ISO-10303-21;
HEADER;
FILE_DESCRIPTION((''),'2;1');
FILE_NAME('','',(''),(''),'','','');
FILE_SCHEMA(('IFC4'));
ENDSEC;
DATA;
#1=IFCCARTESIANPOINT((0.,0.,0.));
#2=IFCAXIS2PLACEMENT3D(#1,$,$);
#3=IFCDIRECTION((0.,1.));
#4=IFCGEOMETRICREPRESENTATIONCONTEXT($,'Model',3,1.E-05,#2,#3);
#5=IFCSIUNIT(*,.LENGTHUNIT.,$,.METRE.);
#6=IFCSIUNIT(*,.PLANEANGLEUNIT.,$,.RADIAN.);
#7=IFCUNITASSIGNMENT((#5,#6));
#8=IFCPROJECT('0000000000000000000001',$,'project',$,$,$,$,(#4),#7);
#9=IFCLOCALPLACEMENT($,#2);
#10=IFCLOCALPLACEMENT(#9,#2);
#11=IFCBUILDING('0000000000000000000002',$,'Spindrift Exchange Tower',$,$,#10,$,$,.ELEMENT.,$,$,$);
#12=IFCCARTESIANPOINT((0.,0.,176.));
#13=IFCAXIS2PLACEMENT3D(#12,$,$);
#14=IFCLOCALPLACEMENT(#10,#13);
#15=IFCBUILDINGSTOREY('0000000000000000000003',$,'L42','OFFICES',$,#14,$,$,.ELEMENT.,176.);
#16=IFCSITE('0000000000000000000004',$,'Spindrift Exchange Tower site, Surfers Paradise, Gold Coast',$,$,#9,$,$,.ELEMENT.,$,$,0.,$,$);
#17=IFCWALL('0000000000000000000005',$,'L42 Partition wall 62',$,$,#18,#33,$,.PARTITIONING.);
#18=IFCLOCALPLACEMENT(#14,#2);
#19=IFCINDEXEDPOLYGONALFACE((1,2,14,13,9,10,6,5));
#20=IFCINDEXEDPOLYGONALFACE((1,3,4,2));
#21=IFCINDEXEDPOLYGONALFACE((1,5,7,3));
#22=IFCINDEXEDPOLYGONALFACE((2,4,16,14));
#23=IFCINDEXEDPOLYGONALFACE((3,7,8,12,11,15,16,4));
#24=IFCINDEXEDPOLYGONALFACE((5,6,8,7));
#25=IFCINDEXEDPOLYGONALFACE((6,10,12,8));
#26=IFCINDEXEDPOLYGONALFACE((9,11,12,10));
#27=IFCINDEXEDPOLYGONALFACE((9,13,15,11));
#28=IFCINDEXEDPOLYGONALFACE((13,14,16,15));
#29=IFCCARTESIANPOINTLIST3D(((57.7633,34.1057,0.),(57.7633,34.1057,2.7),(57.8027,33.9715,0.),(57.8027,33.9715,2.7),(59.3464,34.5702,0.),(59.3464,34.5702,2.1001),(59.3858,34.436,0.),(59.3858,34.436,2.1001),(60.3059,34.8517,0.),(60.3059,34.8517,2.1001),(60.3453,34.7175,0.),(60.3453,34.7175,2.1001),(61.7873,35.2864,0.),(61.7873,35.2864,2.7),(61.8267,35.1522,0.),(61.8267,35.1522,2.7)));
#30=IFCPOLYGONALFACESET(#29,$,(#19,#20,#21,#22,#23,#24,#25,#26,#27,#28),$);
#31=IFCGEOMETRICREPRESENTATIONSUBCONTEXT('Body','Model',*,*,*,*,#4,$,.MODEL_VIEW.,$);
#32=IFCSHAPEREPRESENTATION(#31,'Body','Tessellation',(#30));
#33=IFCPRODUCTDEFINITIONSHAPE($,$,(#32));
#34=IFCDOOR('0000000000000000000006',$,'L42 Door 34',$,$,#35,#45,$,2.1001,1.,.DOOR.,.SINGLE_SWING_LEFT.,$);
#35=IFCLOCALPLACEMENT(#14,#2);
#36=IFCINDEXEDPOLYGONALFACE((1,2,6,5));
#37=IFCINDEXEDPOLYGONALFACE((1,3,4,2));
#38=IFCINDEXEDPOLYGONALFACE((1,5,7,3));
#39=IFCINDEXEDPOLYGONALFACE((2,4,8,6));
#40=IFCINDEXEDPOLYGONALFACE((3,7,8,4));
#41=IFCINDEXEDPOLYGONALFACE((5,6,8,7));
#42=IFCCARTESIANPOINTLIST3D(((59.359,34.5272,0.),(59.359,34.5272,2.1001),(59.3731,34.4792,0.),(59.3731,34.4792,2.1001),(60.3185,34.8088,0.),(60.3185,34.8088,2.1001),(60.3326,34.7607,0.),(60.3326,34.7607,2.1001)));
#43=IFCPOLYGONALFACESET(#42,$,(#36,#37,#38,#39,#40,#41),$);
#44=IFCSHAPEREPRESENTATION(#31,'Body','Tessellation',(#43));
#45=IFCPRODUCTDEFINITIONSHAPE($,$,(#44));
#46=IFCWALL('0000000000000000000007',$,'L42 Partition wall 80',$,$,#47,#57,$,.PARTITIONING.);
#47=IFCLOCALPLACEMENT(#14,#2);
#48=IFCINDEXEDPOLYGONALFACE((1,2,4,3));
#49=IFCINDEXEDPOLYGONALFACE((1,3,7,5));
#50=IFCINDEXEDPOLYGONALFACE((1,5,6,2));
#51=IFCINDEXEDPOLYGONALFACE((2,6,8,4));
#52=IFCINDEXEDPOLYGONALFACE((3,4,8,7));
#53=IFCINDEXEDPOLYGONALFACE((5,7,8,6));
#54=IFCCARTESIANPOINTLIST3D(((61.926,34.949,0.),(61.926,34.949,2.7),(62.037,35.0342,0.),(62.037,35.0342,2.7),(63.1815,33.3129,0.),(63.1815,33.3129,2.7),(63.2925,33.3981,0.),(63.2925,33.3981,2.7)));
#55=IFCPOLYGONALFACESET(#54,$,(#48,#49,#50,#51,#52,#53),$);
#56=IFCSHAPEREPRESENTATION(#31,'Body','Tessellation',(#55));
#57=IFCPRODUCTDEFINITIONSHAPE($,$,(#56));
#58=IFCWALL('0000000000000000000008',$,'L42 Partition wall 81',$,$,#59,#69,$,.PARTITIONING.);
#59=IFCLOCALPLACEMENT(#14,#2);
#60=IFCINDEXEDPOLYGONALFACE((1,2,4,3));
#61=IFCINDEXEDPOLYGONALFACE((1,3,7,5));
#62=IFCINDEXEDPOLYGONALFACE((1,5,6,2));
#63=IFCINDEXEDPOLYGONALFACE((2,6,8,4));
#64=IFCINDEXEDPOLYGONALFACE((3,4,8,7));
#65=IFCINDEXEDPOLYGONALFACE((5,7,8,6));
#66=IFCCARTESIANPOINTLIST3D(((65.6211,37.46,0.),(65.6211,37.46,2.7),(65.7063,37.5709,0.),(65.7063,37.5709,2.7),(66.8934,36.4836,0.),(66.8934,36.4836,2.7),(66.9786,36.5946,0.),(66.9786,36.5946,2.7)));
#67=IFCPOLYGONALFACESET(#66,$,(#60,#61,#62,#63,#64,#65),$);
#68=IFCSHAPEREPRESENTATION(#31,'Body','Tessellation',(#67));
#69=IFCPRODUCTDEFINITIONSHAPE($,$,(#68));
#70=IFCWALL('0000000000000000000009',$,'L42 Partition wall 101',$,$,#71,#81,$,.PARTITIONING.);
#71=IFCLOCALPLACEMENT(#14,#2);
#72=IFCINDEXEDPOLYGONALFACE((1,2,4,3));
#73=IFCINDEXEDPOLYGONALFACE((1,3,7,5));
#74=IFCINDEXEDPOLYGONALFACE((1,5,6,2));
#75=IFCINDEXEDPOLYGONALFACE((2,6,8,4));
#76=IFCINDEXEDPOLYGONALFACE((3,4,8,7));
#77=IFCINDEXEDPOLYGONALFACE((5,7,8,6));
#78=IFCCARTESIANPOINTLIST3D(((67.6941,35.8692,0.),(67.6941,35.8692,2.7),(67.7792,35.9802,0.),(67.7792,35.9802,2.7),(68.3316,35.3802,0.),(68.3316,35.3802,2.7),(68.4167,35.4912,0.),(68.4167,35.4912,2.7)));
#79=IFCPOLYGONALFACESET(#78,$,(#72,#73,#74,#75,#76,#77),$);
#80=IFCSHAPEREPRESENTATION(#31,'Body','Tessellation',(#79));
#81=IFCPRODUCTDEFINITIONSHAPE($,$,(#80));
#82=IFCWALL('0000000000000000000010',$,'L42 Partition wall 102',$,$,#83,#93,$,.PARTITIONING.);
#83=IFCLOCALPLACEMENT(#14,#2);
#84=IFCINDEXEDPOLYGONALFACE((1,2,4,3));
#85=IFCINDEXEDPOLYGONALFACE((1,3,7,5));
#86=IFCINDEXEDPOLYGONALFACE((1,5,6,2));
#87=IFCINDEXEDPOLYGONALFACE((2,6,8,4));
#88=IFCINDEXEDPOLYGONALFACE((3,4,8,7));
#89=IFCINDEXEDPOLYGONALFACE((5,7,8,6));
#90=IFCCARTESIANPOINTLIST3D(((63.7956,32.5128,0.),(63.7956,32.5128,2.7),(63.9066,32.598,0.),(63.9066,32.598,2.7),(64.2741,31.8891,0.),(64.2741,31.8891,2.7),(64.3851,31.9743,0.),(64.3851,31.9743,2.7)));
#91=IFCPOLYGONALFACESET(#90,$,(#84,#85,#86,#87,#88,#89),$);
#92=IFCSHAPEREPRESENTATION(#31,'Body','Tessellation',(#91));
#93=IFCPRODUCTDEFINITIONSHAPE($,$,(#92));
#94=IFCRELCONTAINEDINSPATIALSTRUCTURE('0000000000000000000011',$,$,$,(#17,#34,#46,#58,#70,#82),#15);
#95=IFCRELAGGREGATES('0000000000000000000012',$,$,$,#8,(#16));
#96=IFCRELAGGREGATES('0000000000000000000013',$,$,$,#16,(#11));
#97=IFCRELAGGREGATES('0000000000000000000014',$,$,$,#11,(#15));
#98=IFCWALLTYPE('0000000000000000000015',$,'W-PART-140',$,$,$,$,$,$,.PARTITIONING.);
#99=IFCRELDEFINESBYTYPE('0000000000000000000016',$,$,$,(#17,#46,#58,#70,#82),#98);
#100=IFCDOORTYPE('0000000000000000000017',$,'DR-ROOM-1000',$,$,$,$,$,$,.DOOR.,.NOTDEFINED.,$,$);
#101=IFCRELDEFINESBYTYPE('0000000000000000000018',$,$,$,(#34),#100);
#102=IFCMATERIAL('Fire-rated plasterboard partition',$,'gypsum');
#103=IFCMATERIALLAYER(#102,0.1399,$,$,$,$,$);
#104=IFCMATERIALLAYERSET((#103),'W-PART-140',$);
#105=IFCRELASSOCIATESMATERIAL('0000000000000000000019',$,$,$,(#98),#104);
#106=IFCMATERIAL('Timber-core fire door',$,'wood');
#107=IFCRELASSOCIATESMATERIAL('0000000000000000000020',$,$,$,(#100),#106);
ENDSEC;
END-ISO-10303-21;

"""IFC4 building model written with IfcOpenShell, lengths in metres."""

from ifc_helpers import new_model, si_unit, direction, frame, frame_2d, origin, place, context, subcontext, project, spatial, rectangle, extrude, source, transform, mapped, material, layer, layer_set, type_object, element, fill, save


model = new_model("IFC4")

# Units and contexts
model_context = context("Model", 3, precision=1e-05, world=origin(), true_north=direction((0.0, 1.0)))
body_context = subcontext(model_context, "Body", "Model", "MODEL_VIEW")
ifc_project = project(units=[si_unit("LENGTHUNIT", "METRE"), si_unit("PLANEANGLEUNIT", "RADIAN")], contexts=[model_context])

# Site, building, storey
site_placement = place(None, origin())
site = spatial("IfcSite", under=ifc_project, at=site_placement, Name="Spindrift Exchange Tower site, Surfers Paradise, Gold Coast", CompositionType="ELEMENT", RefElevation=0.0)
building_placement = place(site_placement, origin())
building = spatial("IfcBuilding", under=site, at=building_placement, Name="Spindrift Exchange Tower", CompositionType="ELEMENT")
storey_placement = place(building_placement, frame((0.0, 0.0, 176.0)))
storey = spatial("IfcBuildingStorey", under=building, at=storey_placement, Name="L42", Description="OFFICES", CompositionType="ELEMENT", Elevation=176.0)

# Wall, opening, door
ifc_material_1 = material(Name="Fire-rated plasterboard partition", Category="gypsum")
ifc_layer_1 = layer(ifc_material_1, 0.1399)
ifc_layer_set_1 = layer_set([ifc_layer_1], Name="W-PART-140")
wall_type = type_object("IfcWallType", Name="W-PART-140", PredefinedType="PARTITIONING", material=ifc_layer_set_1)
ifc_material_2 = material(Name="Timber-core fire door", Category="wood")
door_type = type_object("IfcDoorType", Name="DR-ROOM-1000", OperationType="NOTDEFINED", PredefinedType="DOOR", material=ifc_material_2)
shared_shape_1 = source(origin(), body_context, "Body", "SweptSolid", [
    extrude(rectangle(XDim=1.0, YDim=2.1001, at=frame_2d((0.5, 1.05))), frame((0.0, 0.0249, 0.0), z_axis=(0.0, -1.0, 0.0), x_axis=(1.0, 0.0, 0.0)), (0.0, 0.0, 1.0), 0.05),
])
wall_1_placement = place(storey_placement, frame((61.8069, 35.2192, 0.0), z_axis=(0.0, 0.0, 1.0), x_axis=(-0.959549, -0.281542, 0.0)))
wall_1 = element("IfcWall", 1, at=wall_1_placement, inside=storey, type_object=wall_type, Name="L42 Partition wall 62", PredefinedType="PARTITIONING", context=body_context, shape_type="SweptSolid", body=[
    extrude(rectangle(XDim=4.1936, YDim=0.1399, at=frame_2d((2.0967, 0.0))), origin(), (0.0, 0.0, 1.0), 2.7),
])
opening_1_placement = place(wall_1_placement, frame((1.5437, 0.0, 0.0)))
opening_1 = element("IfcOpeningElement", 2, at=opening_1_placement, cuts=wall_1, PredefinedType="OPENING", context=body_context, shape_type="SweptSolid", body=[
    extrude(rectangle(XDim=1.0, YDim=2.1001, at=frame_2d((0.5, 1.05))), frame((0.0, 0.0798, 0.0), z_axis=(0.0, -1.0, 0.0), x_axis=(1.0, 0.0, 0.0)), (0.0, 0.0, 1.0), 0.1599),
])
door_1_placement = place(opening_1_placement, origin())
door_1 = element("IfcDoor", 3, at=door_1_placement, inside=storey, type_object=door_type, Name="L42 Door 34", OperationType="SINGLE_SWING_LEFT", OverallHeight=2.1001, OverallWidth=1.0, PredefinedType="DOOR", context=body_context, shape_type="MappedRepresentation", body=[
    mapped(shared_shape_1, transform((0.0, 0.0, 0.0), scale=1.0)),
])
fill(opening_1, door_1)

# Walls
wall_2_placement = place(storey_placement, frame((61.9814, 34.9917, 0.0), z_axis=(0.0, 0.0, 1.0), x_axis=(0.608772, -0.793345, 0.0)))
element("IfcWall", 4, at=wall_2_placement, inside=storey, type_object=wall_type, Name="L42 Partition wall 80", PredefinedType="PARTITIONING", context=body_context, shape_type="SweptSolid", body=[
    extrude(rectangle(XDim=2.0623, YDim=0.1399, at=frame_2d((1.0312, 0.0))), origin(), (0.0, 0.0, 1.0), 2.7),
])
wall_3_placement = place(storey_placement, frame((65.6638, 37.5154, 0.0), z_axis=(0.0, 0.0, 1.0), x_axis=(0.79332, -0.608805, 0.0)))
element("IfcWall", 5, at=wall_3_placement, inside=storey, type_object=wall_type, Name="L42 Partition wall 81", PredefinedType="PARTITIONING", context=body_context, shape_type="SweptSolid", body=[
    extrude(rectangle(XDim=1.6038, YDim=0.1399, at=frame_2d((0.8018, 0.0))), origin(), (0.0, 0.0, 1.0), 2.7),
])
wall_4_placement = place(storey_placement, frame((67.7366, 35.9248, 0.0), z_axis=(0.0, 0.0, 1.0), x_axis=(0.793425, -0.608668, 0.0)))
element("IfcWall", 6, at=wall_4_placement, inside=storey, type_object=wall_type, Name="L42 Partition wall 101", PredefinedType="PARTITIONING", context=body_context, shape_type="SweptSolid", body=[
    extrude(rectangle(XDim=0.8035, YDim=0.1399, at=frame_2d((0.4019, 0.0))), origin(), (0.0, 0.0, 1.0), 2.7),
])
wall_5_placement = place(storey_placement, frame((63.8511, 32.5554, 0.0), z_axis=(0.0, 0.0, 1.0), x_axis=(0.60866, -0.793431, 0.0)))
element("IfcWall", 7, at=wall_5_placement, inside=storey, type_object=wall_type, Name="L42 Partition wall 102", PredefinedType="PARTITIONING", context=body_context, shape_type="SweptSolid", body=[
    extrude(rectangle(XDim=0.7861, YDim=0.1399, at=frame_2d((0.3931, 0.0))), origin(), (0.0, 0.0, 1.0), 2.7),
])

save(model, "model.ifc")
